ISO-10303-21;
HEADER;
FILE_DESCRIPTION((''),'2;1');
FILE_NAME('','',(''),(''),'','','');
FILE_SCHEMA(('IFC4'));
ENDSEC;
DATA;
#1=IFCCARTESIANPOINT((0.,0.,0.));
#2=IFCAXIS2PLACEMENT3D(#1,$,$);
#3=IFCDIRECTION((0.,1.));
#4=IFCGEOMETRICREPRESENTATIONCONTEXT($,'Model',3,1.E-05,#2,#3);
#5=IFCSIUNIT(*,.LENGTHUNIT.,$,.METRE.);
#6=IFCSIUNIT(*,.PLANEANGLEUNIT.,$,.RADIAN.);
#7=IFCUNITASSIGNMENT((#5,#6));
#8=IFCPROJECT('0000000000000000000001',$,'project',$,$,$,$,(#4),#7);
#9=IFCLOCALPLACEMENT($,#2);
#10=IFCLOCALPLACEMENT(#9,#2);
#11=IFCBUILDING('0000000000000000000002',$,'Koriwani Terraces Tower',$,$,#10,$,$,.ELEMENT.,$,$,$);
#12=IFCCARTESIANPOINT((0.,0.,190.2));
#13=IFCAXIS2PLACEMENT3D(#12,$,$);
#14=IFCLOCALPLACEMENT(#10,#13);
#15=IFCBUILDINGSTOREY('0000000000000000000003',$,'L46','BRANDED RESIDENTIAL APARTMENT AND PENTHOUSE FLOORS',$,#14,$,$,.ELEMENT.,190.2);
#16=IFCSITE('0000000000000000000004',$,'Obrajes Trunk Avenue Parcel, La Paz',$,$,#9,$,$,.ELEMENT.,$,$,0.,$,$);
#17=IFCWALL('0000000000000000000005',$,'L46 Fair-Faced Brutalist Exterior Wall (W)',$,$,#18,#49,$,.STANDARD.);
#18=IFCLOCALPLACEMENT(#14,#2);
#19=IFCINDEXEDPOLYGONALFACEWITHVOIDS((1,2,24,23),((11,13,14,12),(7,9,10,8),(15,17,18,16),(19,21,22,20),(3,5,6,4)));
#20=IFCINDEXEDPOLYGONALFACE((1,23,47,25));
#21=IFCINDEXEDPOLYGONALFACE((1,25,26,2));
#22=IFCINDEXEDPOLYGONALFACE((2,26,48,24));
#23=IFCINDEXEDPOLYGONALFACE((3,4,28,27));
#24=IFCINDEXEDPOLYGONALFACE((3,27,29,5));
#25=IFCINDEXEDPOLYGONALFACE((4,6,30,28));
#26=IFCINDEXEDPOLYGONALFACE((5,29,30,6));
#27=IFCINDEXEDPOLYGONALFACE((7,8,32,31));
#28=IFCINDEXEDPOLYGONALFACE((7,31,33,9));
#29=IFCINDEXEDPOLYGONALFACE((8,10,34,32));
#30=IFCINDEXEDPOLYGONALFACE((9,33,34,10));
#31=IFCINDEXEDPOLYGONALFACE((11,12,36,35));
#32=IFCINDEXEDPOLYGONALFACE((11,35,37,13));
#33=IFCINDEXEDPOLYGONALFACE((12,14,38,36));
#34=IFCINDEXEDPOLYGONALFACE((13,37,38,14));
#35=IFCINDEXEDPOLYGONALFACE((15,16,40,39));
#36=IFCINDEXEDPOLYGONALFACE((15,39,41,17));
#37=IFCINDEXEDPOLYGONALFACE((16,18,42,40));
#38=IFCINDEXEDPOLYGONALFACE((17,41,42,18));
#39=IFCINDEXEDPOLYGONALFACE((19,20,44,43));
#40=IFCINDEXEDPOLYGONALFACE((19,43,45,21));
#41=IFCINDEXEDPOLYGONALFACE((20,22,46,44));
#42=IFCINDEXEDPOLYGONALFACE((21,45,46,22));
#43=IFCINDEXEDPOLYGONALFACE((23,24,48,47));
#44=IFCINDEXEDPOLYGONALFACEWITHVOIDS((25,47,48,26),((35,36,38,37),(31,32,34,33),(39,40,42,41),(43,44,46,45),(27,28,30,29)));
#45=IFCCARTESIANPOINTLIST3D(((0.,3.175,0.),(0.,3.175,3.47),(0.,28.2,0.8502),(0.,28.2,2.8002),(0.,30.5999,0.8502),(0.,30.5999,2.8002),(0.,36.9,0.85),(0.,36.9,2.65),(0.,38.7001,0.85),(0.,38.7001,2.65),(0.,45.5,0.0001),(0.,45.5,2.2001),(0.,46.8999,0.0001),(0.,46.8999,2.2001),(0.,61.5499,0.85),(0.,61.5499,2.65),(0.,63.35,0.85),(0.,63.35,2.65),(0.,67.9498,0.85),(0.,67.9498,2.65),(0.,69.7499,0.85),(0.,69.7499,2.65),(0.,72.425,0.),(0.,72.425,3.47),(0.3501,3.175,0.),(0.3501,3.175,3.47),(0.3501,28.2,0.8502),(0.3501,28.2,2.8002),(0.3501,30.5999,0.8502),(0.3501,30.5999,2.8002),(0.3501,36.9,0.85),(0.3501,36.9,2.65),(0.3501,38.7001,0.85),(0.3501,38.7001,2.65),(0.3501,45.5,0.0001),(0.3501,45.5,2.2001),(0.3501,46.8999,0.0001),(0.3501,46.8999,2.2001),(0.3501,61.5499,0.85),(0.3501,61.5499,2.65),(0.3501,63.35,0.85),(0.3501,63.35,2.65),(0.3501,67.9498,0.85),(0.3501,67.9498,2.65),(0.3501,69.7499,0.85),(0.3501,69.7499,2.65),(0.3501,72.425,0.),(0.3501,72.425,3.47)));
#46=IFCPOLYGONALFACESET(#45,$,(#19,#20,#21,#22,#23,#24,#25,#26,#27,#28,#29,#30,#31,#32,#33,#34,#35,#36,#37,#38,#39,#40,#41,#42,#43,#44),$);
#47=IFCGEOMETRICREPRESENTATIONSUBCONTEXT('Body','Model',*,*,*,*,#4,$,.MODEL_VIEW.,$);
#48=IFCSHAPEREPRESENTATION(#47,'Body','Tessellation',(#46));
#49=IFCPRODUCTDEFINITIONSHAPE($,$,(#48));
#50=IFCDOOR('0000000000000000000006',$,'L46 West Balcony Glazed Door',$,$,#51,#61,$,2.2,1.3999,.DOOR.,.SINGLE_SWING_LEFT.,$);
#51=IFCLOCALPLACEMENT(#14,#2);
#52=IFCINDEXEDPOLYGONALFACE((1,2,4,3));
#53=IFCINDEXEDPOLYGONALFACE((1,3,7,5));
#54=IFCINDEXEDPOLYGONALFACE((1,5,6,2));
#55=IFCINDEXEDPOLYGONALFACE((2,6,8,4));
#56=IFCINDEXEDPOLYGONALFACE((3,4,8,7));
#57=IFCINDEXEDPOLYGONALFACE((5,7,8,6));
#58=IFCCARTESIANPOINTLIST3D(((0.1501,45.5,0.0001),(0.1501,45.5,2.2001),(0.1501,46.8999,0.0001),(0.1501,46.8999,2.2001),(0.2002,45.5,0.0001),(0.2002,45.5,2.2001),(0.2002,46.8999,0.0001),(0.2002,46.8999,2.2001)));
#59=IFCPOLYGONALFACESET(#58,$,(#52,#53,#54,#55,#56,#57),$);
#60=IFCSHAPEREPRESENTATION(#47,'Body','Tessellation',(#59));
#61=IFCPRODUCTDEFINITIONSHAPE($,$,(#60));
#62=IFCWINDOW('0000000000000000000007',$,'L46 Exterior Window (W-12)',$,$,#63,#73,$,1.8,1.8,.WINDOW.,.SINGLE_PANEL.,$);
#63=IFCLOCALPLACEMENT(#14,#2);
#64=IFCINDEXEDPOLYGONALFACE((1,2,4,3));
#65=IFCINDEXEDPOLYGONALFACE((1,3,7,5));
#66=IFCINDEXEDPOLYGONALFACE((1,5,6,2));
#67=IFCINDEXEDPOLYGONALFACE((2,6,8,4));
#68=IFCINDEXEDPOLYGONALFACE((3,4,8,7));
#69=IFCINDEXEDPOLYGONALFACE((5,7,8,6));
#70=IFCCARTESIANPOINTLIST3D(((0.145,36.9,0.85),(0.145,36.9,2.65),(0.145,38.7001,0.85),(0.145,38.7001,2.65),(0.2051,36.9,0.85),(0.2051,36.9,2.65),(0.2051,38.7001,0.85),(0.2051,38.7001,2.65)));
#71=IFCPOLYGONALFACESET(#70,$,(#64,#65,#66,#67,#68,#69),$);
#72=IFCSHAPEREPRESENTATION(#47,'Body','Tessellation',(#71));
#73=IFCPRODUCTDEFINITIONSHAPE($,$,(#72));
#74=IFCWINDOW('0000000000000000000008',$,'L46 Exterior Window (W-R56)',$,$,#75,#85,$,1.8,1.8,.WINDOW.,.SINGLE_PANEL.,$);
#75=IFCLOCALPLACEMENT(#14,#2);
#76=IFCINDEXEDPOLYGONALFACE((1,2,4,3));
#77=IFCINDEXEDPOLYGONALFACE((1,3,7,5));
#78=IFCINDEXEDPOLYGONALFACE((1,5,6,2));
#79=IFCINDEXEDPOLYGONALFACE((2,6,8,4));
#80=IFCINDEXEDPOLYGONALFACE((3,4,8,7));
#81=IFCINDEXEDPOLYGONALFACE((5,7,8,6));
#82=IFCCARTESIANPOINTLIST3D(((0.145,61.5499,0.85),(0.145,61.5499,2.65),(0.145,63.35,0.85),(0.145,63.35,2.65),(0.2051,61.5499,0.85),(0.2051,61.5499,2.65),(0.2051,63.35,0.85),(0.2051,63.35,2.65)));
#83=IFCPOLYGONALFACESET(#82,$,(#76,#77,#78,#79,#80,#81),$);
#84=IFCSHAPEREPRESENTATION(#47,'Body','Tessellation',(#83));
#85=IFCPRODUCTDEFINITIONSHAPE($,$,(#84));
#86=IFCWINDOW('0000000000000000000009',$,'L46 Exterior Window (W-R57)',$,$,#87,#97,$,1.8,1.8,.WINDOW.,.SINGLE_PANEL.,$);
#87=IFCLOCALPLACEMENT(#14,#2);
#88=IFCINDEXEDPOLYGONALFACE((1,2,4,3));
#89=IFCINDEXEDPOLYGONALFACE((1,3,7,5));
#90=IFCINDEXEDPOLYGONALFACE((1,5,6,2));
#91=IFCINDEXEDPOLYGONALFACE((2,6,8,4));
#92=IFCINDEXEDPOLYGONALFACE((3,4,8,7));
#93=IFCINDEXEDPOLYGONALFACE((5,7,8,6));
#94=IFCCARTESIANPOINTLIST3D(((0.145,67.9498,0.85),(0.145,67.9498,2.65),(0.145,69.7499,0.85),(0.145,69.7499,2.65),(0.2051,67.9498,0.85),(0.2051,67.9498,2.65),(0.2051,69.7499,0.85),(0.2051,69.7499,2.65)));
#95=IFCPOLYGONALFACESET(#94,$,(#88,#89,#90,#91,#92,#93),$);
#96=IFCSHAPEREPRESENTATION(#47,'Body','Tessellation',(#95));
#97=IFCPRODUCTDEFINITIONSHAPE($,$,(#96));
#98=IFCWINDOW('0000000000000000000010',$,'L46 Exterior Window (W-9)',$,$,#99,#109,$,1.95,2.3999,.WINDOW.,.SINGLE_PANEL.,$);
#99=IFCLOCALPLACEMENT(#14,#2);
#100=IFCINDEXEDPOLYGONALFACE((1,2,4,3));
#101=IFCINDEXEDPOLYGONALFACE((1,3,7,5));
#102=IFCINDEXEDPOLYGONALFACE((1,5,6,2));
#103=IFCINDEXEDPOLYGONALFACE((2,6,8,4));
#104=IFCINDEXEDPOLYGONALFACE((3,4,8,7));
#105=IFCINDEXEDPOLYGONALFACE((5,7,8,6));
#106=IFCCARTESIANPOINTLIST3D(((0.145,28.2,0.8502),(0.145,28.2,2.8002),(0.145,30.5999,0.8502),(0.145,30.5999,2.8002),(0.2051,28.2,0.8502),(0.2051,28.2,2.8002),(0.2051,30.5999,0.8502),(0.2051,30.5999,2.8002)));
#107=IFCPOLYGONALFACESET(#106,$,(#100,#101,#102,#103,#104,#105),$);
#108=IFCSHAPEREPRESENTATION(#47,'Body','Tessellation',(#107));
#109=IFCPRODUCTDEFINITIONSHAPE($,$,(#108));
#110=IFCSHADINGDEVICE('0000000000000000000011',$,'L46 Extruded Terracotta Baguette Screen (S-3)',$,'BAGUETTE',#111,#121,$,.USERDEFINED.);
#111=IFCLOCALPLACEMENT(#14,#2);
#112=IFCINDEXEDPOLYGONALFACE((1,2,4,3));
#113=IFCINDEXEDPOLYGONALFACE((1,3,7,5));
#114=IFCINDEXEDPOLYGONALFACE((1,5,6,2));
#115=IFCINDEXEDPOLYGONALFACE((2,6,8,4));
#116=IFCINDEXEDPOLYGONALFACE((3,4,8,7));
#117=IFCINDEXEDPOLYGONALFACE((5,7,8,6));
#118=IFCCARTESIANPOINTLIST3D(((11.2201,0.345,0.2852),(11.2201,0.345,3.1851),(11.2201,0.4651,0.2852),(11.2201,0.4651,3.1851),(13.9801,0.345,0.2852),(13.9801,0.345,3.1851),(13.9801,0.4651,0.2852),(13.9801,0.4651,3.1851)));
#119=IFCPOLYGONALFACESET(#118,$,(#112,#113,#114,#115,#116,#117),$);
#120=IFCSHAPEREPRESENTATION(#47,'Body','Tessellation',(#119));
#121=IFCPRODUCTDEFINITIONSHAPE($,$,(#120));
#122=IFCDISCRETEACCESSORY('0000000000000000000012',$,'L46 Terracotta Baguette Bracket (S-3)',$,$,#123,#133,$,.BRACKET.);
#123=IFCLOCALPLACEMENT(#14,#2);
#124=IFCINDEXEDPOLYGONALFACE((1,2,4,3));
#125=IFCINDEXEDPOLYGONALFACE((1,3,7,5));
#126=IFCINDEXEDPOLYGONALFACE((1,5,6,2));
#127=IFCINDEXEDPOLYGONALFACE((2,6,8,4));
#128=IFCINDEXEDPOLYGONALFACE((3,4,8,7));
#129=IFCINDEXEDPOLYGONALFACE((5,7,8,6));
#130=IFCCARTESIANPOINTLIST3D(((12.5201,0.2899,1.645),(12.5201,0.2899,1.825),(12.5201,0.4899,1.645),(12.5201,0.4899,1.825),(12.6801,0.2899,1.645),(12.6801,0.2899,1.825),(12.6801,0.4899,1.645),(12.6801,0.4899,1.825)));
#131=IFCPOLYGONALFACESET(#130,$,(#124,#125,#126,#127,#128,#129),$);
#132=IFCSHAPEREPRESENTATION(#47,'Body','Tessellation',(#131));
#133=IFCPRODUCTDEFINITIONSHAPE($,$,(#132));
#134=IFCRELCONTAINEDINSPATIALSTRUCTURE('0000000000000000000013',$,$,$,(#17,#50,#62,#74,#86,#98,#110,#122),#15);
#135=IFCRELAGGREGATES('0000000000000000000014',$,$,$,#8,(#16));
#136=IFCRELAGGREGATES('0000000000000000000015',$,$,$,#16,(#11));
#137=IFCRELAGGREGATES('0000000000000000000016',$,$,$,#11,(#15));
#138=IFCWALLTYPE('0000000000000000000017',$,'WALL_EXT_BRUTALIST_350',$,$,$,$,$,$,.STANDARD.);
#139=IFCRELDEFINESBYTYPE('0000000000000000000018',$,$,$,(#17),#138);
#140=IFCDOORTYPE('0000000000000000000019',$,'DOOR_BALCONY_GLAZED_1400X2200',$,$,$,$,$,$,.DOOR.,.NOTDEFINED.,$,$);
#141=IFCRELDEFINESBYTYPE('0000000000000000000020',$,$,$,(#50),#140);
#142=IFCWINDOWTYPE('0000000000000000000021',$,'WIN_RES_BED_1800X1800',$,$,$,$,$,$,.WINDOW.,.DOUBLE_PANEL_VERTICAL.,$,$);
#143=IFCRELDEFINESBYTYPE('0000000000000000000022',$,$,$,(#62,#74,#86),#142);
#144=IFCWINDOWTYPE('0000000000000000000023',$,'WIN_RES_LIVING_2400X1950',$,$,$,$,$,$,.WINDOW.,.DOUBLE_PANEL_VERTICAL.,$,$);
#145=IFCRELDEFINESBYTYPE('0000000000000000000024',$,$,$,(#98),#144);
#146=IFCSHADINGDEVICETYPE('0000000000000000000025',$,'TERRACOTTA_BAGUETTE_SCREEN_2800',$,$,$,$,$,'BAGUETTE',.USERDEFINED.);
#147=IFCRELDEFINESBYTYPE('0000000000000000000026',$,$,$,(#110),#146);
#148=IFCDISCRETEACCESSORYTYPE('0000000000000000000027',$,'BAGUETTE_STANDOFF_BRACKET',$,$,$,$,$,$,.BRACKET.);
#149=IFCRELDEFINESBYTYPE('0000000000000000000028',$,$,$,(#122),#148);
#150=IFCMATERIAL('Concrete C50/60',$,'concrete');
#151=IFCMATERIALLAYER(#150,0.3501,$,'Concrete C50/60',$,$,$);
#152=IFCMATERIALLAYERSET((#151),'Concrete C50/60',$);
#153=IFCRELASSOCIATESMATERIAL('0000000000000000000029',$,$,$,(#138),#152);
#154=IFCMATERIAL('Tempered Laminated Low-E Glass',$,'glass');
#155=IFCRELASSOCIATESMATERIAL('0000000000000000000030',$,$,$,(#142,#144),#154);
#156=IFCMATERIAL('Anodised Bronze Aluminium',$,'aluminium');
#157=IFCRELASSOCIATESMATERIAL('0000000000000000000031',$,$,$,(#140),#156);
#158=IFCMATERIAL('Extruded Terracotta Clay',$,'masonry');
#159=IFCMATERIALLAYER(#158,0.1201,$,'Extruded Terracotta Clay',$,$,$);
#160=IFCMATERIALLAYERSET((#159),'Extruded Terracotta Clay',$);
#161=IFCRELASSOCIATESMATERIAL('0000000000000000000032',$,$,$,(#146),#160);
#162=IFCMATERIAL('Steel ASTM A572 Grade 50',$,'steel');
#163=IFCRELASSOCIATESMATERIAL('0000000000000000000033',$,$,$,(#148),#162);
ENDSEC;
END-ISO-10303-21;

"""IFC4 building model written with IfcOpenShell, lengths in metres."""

from ifc_helpers import new_model, si_unit, direction, frame, frame_2d, origin, origin_2d, place, context, subcontext, project, spatial, rectangle, extrude, material, layer, layer_set, type_object, element, fill, save


model = new_model("IFC4")

# Units and contexts
model_context = context("Model", 3, precision=1e-05, world=origin(), true_north=direction((0.0, 1.0)))
body_context = subcontext(model_context, "Body", "Model", "MODEL_VIEW")
ifc_project = project(units=[si_unit("LENGTHUNIT", "METRE"), si_unit("PLANEANGLEUNIT", "RADIAN")], contexts=[model_context])

# Site, building, storey
site_placement = place(None, origin())
site = spatial("IfcSite", under=ifc_project, at=site_placement, Name="Obrajes Trunk Avenue Parcel, La Paz", CompositionType="ELEMENT", RefElevation=0.0)
building_placement = place(site_placement, origin())
building = spatial("IfcBuilding", under=site, at=building_placement, Name="Koriwani Terraces Tower", CompositionType="ELEMENT")
storey_placement = place(building_placement, frame((0.0, 0.0, 190.2)))
storey = spatial("IfcBuildingStorey", under=building, at=storey_placement, Name="L46", Description="BRANDED RESIDENTIAL APARTMENT AND PENTHOUSE FLOORS", CompositionType="ELEMENT", Elevation=190.2)

# Shared definitions
ifc_material_1 = material(Name="Concrete C50/60", Category="concrete")

# Shared definitions
ifc_material_2 = material(Name="Steel ASTM A572 Grade 50", Category="steel")

# Shared definitions
ifc_layer_1 = layer(ifc_material_1, 0.3501, Name="Concrete C50/60")
ifc_layer_set_1 = layer_set([ifc_layer_1], Name="Concrete C50/60")
wall_type_1 = type_object("IfcWallType", Name="WALL_EXT_BRUTALIST_350", PredefinedType="STANDARD", material=ifc_layer_set_1)
ifc_material_3 = material(Name="Tempered Laminated Low-E Glass", Category="glass")
window_type_1 = type_object("IfcWindowType", Name="WIN_RES_BED_1800X1800", PartitioningType="DOUBLE_PANEL_VERTICAL", PredefinedType="WINDOW", material=ifc_material_3)

# Wall, openings, door, windows
wall_1_placement = place(storey_placement, frame((0.175, 3.175, 0.0), z_axis=(0.0, 0.0, 1.0), x_axis=(0.0, 1.0, 0.0)))
wall_1 = element("IfcWall", 1, at=wall_1_placement, inside=storey, type_object=wall_type_1, Name="L46 Fair-Faced Brutalist Exterior Wall (W)", PredefinedType="STANDARD", context=body_context, shape_type="SweptSolid", body=[
    extrude(rectangle(XDim=69.25, YDim=0.3501, at=frame_2d((34.625, 0.0))), origin(), (0.0, 0.0, 1.0), 3.47),
])
opening_1_placement = place(wall_1_placement, frame((42.325, 0.0, 0.0)))
opening_1 = element("IfcOpeningElement", 2, at=opening_1_placement, cuts=wall_1, PredefinedType="OPENING", context=body_context, shape_type="SweptSolid", body=[
    extrude(rectangle(XDim=1.3999, YDim=2.2, at=frame_2d((0.7, 1.1001))), frame((0.0, 0.1851, 0.0), z_axis=(0.0, -1.0, 0.0), x_axis=(1.0, 0.0, 0.0)), (0.0, 0.0, 1.0), 0.3701),
])
opening_2_placement = place(wall_1_placement, frame((25.0249, 0.0, 0.8501)))
opening_2 = element("IfcOpeningElement", 3, at=opening_2_placement, cuts=wall_1, PredefinedType="OPENING", context=body_context, shape_type="SweptSolid", body=[
    extrude(rectangle(XDim=2.3999, YDim=1.95, at=frame_2d((1.2, 0.9751))), frame((0.0, 0.1851, 0.0), z_axis=(0.0, -1.0, 0.0), x_axis=(1.0, 0.0, 0.0)), (0.0, 0.0, 1.0), 0.3701),
])
opening_3_placement = place(wall_1_placement, frame((33.7251, 0.0, 0.8501)))
opening_3 = element("IfcOpeningElement", 4, at=opening_3_placement, cuts=wall_1, PredefinedType="OPENING", context=body_context, shape_type="SweptSolid", body=[
    extrude(rectangle(XDim=1.8, YDim=1.8, at=frame_2d((0.8999, 0.8999))), frame((0.0, 0.1851, 0.0), z_axis=(0.0, -1.0, 0.0), x_axis=(1.0, 0.0, 0.0)), (0.0, 0.0, 1.0), 0.3701),
])
opening_4_placement = place(wall_1_placement, frame((58.375, 0.0, 0.8501)))
opening_4 = element("IfcOpeningElement", 5, at=opening_4_placement, cuts=wall_1, PredefinedType="OPENING", context=body_context, shape_type="SweptSolid", body=[
    extrude(rectangle(XDim=1.8, YDim=1.8, at=frame_2d((0.8999, 0.8999))), frame((0.0, 0.1851, 0.0), z_axis=(0.0, -1.0, 0.0), x_axis=(1.0, 0.0, 0.0)), (0.0, 0.0, 1.0), 0.3701),
])
opening_5_placement = place(wall_1_placement, frame((64.7749, 0.0, 0.8501)))
opening_5 = element("IfcOpeningElement", 6, at=opening_5_placement, cuts=wall_1, PredefinedType="OPENING", context=body_context, shape_type="SweptSolid", body=[
    extrude(rectangle(XDim=1.8, YDim=1.8, at=frame_2d((0.8999, 0.8999))), frame((0.0, 0.1851, 0.0), z_axis=(0.0, -1.0, 0.0), x_axis=(1.0, 0.0, 0.0)), (0.0, 0.0, 1.0), 0.3701),
])
ifc_material_4 = material(Name="Anodised Bronze Aluminium", Category="aluminium")
door_type = type_object("IfcDoorType", Name="DOOR_BALCONY_GLAZED_1400X2200", OperationType="NOTDEFINED", PredefinedType="DOOR", material=ifc_material_4)
door_placement = place(opening_1_placement, origin())
door = element("IfcDoor", 7, at=door_placement, inside=storey, type_object=door_type, Name="L46 West Balcony Glazed Door", OperationType="SINGLE_SWING_LEFT", OverallHeight=2.2, OverallWidth=1.3999, PredefinedType="DOOR", context=body_context, shape_type="SweptSolid", body=[
    extrude(rectangle(XDim=1.3999, YDim=2.2, at=frame_2d((0.7, 1.1001))), frame((0.0, 0.0249, 0.0), z_axis=(0.0, -1.0, 0.0), x_axis=(1.0, 0.0, 0.0)), (0.0, 0.0, 1.0), 0.05),
])
fill(opening_1, door)
window_1_placement = place(opening_3_placement, origin())
window_1 = element("IfcWindow", 8, at=window_1_placement, inside=storey, type_object=window_type_1, Name="L46 Exterior Window (W-12)", OverallHeight=1.8, OverallWidth=1.8, PartitioningType="SINGLE_PANEL", PredefinedType="WINDOW", context=body_context, shape_type="SweptSolid", body=[
    extrude(rectangle(XDim=1.8, YDim=1.8, at=frame_2d((0.8999, 0.8999))), frame((0.0, 0.03, 0.0), z_axis=(0.0, -1.0, 0.0), x_axis=(1.0, 0.0, 0.0)), (0.0, 0.0, 1.0), 0.0601),
])
fill(opening_3, window_1)
window_2_placement = place(opening_4_placement, origin())
window_2 = element("IfcWindow", 9, at=window_2_placement, inside=storey, type_object=window_type_1, Name="L46 Exterior Window (W-R56)", OverallHeight=1.8, OverallWidth=1.8, PartitioningType="SINGLE_PANEL", PredefinedType="WINDOW", context=body_context, shape_type="SweptSolid", body=[
    extrude(rectangle(XDim=1.8, YDim=1.8, at=frame_2d((0.8999, 0.8999))), frame((0.0, 0.03, 0.0), z_axis=(0.0, -1.0, 0.0), x_axis=(1.0, 0.0, 0.0)), (0.0, 0.0, 1.0), 0.0601),
])
fill(opening_4, window_2)
window_3_placement = place(opening_5_placement, origin())
window_3 = element("IfcWindow", 10, at=window_3_placement, inside=storey, type_object=window_type_1, Name="L46 Exterior Window (W-R57)", OverallHeight=1.8, OverallWidth=1.8, PartitioningType="SINGLE_PANEL", PredefinedType="WINDOW", context=body_context, shape_type="SweptSolid", body=[
    extrude(rectangle(XDim=1.8, YDim=1.8, at=frame_2d((0.8999, 0.8999))), frame((0.0, 0.03, 0.0), z_axis=(0.0, -1.0, 0.0), x_axis=(1.0, 0.0, 0.0)), (0.0, 0.0, 1.0), 0.0601),
])
fill(opening_5, window_3)
window_type_2 = type_object("IfcWindowType", Name="WIN_RES_LIVING_2400X1950", PartitioningType="DOUBLE_PANEL_VERTICAL", PredefinedType="WINDOW", material=ifc_material_3)
window_4_placement = place(opening_2_placement, origin())
window_4 = element("IfcWindow", 11, at=window_4_placement, inside=storey, type_object=window_type_2, Name="L46 Exterior Window (W-9)", OverallHeight=1.95, OverallWidth=2.3999, PartitioningType="SINGLE_PANEL", PredefinedType="WINDOW", context=body_context, shape_type="SweptSolid", body=[
    extrude(rectangle(XDim=2.3999, YDim=1.95, at=frame_2d((1.2, 0.9751))), frame((0.0, 0.03, 0.0), z_axis=(0.0, -1.0, 0.0), x_axis=(1.0, 0.0, 0.0)), (0.0, 0.0, 1.0), 0.0601),
])
fill(opening_2, window_4)

# Shading device
ifc_material_5 = material(Name="Extruded Terracotta Clay", Category="masonry")
ifc_layer_2 = layer(ifc_material_5, 0.1201, Name="Extruded Terracotta Clay")
ifc_layer_set_2 = layer_set([ifc_layer_2], Name="Extruded Terracotta Clay")
shading_device_type = type_object("IfcShadingDeviceType", Name="TERRACOTTA_BAGUETTE_SCREEN_2800", ElementType="BAGUETTE", PredefinedType="USERDEFINED", material=ifc_layer_set_2)
shading_device_placement = place(storey_placement, frame((12.6001, 0.405, 0.2852), z_axis=(0.0, 0.0, 1.0), x_axis=(-1.0, 0.0, 0.0)))
element("IfcShadingDevice", 12, at=shading_device_placement, inside=storey, type_object=shading_device_type, Name="L46 Extruded Terracotta Baguette Screen (S-3)", ObjectType="BAGUETTE", PredefinedType="USERDEFINED", context=body_context, shape_type="SweptSolid", body=[
    extrude(rectangle(XDim=2.76, YDim=0.1201, at=origin_2d()), origin(), (0.0, 0.0, 1.0), 2.8999),
])

# Discrete accessory
discrete_accessory_type = type_object("IfcDiscreteAccessoryType", Name="BAGUETTE_STANDOFF_BRACKET", PredefinedType="BRACKET", material=ifc_material_2)
discrete_accessory_placement = place(storey_placement, frame((12.6001, 0.3899, 1.645), z_axis=(0.0, 0.0, 1.0), x_axis=(-1.0, 0.0, 0.0)))
element("IfcDiscreteAccessory", 13, at=discrete_accessory_placement, inside=storey, type_object=discrete_accessory_type, Name="L46 Terracotta Baguette Bracket (S-3)", PredefinedType="BRACKET", context=body_context, shape_type="SweptSolid", body=[
    extrude(rectangle(XDim=0.1599, YDim=0.2, at=origin_2d()), origin(), (0.0, 0.0, 1.0), 0.1799),
])

save(model, "model.ifc")
